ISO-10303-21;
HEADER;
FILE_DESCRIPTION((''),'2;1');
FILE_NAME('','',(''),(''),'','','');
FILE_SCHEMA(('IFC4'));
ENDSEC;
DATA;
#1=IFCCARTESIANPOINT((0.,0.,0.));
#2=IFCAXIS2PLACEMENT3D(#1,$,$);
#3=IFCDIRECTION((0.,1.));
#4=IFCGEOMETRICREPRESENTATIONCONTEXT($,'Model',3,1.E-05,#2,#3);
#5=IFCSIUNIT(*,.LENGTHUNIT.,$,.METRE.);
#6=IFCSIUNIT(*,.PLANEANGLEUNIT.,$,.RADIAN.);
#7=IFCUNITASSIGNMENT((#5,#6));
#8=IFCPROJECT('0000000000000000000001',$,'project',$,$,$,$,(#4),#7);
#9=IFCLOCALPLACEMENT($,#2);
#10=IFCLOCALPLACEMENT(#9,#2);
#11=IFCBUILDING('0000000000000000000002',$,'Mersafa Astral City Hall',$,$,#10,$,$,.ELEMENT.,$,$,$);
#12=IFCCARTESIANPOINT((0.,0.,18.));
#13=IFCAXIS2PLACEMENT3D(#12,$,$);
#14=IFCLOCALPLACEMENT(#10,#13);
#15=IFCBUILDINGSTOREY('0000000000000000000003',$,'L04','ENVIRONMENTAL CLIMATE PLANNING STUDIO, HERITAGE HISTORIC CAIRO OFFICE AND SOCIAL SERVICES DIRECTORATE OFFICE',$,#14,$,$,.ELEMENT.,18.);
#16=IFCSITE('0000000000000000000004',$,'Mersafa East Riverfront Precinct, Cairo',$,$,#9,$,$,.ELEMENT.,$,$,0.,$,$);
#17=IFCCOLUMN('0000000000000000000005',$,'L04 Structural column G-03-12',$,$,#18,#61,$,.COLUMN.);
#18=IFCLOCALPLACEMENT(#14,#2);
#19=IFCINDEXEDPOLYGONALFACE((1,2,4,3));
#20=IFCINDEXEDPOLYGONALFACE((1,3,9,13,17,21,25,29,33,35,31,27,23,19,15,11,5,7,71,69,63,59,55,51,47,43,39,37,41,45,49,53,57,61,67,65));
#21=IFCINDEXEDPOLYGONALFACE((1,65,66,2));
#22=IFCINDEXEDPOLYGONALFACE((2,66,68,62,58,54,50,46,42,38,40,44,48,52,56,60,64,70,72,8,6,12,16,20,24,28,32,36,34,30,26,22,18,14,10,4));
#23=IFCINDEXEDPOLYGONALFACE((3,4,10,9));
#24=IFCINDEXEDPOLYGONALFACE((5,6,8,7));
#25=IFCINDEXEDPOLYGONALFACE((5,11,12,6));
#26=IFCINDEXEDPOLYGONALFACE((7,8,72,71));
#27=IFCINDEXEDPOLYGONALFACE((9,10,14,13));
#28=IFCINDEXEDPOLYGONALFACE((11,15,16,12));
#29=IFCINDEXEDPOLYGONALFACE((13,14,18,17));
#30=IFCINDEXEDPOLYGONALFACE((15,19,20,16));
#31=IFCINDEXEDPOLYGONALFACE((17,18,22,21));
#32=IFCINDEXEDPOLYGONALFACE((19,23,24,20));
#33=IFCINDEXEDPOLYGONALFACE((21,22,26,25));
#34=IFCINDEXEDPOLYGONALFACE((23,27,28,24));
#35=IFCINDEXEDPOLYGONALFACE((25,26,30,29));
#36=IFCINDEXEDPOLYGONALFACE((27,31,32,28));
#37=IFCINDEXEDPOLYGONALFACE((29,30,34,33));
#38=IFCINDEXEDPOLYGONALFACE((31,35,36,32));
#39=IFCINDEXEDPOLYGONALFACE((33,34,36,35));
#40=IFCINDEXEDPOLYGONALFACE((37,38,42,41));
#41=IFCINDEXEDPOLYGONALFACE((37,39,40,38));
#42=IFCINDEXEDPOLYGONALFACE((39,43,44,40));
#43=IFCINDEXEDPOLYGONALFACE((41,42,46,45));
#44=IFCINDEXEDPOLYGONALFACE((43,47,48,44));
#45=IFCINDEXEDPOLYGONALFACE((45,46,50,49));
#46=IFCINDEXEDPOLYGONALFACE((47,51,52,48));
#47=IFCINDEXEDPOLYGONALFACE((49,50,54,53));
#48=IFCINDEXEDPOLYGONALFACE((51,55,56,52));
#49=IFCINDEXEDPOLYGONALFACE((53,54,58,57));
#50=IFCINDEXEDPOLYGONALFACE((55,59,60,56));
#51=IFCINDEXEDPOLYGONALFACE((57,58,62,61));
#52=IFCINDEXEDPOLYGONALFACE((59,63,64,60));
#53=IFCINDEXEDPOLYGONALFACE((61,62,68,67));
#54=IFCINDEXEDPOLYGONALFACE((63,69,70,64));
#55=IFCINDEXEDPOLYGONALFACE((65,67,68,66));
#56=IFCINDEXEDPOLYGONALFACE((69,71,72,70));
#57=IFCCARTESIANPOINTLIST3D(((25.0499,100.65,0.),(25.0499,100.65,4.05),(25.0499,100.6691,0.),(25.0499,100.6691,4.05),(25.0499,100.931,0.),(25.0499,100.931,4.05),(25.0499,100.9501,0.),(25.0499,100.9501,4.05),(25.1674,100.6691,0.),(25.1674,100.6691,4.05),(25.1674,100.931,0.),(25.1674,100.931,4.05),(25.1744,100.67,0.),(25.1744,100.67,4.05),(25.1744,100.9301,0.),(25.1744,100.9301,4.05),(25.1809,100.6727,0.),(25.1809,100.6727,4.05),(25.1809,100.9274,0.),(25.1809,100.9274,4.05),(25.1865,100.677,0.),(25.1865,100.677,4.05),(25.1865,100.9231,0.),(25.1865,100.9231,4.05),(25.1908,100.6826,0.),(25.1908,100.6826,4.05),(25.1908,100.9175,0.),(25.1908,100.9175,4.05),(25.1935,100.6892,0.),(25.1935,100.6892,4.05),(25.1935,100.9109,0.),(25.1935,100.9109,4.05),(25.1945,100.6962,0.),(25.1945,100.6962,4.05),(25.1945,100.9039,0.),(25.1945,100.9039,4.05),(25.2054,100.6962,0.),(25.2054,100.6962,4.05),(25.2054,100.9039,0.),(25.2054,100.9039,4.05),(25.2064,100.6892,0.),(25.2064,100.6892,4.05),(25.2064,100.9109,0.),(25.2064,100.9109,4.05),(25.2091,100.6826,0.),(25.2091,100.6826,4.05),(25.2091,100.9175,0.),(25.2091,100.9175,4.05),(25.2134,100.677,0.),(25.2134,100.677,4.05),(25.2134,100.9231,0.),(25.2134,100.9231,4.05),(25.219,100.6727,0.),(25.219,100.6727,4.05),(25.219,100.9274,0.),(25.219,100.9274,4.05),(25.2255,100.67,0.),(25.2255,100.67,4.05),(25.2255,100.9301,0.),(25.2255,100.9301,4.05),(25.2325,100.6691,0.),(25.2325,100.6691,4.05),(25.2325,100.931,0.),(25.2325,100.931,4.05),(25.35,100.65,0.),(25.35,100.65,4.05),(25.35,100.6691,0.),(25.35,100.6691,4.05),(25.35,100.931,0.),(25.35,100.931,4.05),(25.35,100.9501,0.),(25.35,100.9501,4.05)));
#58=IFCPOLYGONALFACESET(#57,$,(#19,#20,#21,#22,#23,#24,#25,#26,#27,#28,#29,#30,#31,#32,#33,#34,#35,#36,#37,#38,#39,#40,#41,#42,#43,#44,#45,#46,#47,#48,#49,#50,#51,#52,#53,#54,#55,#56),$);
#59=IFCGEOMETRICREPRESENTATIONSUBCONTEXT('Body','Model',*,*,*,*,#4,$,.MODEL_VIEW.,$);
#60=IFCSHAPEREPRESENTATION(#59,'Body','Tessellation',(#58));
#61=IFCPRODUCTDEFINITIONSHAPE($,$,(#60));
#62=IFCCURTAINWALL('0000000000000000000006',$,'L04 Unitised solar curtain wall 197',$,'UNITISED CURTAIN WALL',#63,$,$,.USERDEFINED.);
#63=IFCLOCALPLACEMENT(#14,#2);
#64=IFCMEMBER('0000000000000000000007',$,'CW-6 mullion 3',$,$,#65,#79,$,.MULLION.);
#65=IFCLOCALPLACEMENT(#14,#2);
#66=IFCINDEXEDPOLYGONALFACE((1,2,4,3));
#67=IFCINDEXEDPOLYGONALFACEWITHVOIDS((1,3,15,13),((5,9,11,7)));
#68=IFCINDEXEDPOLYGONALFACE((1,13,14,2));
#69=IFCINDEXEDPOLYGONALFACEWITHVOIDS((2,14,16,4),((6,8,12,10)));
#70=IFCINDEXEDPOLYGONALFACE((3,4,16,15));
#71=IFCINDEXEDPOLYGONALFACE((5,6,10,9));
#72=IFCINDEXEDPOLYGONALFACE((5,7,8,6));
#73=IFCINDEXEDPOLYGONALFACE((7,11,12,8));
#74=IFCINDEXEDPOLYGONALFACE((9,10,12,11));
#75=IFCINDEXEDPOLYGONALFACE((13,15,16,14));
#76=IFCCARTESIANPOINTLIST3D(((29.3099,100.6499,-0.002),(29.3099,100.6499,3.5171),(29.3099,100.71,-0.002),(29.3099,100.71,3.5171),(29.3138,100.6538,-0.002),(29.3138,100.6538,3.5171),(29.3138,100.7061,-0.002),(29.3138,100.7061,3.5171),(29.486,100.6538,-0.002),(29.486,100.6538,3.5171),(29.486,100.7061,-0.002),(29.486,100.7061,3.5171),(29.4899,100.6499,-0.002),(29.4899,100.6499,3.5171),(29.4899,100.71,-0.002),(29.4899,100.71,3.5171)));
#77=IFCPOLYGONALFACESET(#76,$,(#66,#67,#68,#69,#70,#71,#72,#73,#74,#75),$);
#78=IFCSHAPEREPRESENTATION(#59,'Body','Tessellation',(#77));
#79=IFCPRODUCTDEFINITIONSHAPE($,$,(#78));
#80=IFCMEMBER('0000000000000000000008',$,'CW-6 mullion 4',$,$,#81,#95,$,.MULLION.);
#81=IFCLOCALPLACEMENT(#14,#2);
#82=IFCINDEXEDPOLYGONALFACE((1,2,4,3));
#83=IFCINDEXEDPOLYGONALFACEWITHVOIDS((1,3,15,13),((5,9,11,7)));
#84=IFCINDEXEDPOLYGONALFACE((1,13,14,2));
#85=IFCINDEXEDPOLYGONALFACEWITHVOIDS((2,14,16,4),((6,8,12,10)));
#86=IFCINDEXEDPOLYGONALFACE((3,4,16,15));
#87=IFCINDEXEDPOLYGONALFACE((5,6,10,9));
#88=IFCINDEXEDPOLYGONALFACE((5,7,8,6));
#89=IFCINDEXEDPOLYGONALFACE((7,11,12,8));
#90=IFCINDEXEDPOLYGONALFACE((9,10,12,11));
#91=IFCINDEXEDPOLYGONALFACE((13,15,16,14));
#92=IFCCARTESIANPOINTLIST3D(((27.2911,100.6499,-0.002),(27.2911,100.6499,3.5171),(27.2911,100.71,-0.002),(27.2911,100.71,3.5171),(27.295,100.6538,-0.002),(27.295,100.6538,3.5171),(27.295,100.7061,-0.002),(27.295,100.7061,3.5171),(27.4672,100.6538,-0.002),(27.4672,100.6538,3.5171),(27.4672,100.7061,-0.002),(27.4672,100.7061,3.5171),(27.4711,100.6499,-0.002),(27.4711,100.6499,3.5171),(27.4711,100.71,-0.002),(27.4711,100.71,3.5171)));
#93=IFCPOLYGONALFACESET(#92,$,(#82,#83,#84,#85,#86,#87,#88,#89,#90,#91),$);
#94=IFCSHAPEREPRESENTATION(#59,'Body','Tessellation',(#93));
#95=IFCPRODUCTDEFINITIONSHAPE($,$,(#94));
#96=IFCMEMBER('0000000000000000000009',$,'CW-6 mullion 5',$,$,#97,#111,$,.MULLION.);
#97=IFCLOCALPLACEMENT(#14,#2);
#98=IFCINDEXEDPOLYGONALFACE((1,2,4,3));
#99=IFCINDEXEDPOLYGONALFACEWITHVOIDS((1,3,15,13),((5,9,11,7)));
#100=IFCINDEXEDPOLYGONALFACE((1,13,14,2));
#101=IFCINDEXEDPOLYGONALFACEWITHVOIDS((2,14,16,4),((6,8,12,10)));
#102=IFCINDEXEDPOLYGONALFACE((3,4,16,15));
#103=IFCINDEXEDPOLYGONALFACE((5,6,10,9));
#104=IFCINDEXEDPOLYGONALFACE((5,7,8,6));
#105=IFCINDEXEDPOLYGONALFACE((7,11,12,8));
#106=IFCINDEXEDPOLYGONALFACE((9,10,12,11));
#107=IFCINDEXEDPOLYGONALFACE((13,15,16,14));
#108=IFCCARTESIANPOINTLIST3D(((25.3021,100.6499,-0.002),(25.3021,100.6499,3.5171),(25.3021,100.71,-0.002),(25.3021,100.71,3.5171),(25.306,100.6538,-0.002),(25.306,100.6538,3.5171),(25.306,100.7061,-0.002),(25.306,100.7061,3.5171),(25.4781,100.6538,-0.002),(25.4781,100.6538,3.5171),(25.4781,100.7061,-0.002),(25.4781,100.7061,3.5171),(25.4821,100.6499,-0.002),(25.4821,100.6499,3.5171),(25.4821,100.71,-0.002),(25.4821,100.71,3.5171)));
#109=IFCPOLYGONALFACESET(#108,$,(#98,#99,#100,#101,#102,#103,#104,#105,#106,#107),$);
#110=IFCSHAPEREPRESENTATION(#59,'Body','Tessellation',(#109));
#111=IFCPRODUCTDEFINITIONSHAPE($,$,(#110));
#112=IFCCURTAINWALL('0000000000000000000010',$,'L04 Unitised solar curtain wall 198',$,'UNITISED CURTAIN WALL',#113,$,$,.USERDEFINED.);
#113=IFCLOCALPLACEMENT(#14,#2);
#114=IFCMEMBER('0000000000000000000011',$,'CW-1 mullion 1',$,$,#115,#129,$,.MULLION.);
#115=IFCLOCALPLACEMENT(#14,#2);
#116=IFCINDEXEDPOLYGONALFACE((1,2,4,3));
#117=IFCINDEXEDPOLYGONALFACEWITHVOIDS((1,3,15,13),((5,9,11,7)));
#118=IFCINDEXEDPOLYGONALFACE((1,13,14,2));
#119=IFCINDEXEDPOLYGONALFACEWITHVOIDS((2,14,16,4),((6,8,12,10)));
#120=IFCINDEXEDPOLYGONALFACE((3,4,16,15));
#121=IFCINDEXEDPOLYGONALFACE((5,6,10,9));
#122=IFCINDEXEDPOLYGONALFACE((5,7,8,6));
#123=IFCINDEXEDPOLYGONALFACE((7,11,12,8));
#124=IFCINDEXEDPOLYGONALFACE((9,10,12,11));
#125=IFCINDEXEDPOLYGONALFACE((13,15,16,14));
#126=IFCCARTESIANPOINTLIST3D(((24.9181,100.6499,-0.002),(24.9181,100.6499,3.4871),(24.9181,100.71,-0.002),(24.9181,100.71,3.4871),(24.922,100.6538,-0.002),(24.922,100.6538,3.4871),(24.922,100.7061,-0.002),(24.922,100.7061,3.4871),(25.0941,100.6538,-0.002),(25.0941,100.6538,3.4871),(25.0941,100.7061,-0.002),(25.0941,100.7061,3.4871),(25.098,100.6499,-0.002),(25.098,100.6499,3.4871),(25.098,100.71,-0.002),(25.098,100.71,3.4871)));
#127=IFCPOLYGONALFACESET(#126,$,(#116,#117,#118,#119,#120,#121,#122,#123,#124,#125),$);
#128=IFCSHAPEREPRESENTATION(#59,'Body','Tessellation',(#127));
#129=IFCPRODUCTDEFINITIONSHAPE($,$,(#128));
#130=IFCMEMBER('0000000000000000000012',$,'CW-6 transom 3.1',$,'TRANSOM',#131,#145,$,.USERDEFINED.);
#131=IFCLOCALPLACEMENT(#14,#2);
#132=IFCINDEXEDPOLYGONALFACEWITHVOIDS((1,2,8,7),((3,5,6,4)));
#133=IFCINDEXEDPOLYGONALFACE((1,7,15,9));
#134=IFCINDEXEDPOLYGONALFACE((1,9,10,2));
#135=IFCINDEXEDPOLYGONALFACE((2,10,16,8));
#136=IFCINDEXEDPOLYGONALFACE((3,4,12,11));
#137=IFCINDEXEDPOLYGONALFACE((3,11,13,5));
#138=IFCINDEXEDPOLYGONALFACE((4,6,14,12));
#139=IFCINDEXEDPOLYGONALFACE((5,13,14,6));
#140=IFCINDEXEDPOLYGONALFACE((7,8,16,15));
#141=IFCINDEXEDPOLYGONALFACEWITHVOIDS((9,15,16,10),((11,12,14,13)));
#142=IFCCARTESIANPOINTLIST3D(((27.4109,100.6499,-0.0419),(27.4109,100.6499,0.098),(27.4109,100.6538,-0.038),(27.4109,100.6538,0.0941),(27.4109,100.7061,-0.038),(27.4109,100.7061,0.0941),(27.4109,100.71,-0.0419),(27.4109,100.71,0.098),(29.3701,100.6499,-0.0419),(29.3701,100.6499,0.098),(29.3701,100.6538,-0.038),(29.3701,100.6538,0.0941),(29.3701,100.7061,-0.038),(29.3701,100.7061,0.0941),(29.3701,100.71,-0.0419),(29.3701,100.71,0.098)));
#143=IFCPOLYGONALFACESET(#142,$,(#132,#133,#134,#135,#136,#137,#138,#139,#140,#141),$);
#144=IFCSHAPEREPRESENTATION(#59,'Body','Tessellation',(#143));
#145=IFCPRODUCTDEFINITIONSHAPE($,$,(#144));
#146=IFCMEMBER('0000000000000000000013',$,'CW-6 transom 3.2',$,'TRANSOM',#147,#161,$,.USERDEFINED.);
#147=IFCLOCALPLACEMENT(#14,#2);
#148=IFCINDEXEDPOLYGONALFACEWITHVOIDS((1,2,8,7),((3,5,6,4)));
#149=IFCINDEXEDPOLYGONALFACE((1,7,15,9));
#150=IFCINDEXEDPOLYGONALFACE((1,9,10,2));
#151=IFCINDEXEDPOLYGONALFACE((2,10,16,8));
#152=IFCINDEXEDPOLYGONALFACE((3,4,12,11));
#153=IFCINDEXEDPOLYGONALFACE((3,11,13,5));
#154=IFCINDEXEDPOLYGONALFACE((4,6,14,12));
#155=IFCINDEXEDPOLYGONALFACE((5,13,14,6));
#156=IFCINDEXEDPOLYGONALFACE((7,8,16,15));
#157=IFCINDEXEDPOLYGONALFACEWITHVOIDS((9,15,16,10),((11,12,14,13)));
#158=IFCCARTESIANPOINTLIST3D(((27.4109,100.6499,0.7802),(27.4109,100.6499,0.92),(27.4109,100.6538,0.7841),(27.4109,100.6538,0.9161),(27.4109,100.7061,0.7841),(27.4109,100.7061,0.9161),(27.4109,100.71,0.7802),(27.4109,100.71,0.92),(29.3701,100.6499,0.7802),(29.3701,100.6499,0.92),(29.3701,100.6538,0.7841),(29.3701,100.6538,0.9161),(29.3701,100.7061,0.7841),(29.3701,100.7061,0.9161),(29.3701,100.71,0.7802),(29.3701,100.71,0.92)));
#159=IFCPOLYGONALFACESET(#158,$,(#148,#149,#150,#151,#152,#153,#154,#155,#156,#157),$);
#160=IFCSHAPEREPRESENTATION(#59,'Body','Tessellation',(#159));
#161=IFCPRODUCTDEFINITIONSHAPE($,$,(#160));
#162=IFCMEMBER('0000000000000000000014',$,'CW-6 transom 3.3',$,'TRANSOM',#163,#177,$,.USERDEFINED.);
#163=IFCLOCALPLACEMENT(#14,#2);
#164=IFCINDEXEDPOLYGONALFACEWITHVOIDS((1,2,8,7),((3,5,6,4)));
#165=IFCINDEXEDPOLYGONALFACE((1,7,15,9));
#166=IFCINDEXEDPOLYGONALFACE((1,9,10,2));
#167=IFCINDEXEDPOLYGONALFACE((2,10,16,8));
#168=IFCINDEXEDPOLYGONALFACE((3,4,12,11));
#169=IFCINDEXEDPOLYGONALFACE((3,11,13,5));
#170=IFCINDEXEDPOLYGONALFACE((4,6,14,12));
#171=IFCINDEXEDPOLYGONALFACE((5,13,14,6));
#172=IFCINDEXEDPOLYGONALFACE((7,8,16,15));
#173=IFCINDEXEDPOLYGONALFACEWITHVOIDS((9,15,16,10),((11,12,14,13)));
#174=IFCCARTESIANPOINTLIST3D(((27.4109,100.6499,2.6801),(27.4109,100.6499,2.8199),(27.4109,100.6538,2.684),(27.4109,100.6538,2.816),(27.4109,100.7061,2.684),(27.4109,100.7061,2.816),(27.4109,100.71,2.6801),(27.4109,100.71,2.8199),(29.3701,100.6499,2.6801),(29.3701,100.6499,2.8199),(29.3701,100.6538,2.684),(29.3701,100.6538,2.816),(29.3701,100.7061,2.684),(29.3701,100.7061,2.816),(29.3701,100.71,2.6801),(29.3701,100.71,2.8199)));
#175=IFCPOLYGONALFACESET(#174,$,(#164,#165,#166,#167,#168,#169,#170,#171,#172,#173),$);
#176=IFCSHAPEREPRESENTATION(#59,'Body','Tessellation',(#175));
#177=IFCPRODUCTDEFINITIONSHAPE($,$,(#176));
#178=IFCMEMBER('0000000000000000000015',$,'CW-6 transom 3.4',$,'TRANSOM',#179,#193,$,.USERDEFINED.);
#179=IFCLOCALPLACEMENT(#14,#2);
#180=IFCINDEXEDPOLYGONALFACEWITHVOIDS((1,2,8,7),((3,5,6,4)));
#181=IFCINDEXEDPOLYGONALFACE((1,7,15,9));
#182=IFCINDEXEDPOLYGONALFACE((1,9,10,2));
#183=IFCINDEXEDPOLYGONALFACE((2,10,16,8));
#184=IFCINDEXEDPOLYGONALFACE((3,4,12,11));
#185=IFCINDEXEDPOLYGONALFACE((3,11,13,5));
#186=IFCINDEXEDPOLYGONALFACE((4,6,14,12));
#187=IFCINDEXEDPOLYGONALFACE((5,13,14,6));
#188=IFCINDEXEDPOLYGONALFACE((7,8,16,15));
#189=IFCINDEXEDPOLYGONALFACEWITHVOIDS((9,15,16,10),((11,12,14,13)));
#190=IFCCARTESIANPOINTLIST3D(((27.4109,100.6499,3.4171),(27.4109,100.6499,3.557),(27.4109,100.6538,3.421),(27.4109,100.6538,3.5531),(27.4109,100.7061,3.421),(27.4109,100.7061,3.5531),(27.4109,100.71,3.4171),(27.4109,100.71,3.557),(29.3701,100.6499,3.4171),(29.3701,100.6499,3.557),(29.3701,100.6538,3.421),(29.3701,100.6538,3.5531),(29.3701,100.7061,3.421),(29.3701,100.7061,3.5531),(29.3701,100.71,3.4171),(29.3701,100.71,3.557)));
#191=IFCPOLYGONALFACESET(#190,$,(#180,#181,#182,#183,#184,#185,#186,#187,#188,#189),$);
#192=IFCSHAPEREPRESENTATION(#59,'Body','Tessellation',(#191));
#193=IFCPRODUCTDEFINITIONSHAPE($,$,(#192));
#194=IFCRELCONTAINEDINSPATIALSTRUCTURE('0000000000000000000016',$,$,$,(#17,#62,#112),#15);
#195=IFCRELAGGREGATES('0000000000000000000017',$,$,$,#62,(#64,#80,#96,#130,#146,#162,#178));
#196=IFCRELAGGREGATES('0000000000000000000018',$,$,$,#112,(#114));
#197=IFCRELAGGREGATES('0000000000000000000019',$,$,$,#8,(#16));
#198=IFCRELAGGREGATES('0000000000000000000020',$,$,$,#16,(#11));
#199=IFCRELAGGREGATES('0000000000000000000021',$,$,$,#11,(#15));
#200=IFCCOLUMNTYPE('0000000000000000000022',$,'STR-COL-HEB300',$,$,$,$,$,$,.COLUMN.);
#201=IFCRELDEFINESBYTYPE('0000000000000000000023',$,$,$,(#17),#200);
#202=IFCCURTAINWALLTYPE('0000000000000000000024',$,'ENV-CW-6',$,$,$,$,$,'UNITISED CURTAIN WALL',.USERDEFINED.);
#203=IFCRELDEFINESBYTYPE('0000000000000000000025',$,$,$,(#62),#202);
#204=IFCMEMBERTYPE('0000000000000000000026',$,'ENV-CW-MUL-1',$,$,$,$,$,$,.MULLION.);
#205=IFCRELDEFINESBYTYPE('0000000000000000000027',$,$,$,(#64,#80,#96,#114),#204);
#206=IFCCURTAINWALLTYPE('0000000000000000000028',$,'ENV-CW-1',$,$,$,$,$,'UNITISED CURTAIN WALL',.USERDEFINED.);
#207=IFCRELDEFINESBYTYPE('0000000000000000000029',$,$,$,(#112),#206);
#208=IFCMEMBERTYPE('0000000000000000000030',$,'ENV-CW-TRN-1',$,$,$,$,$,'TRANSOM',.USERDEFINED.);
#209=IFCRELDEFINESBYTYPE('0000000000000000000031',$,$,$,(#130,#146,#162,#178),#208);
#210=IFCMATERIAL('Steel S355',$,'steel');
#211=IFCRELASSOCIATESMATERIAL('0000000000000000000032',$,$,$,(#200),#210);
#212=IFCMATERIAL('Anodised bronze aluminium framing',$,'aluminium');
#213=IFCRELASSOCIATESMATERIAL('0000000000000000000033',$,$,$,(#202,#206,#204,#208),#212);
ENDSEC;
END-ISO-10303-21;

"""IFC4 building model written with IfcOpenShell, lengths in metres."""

from ifc_helpers import new_model, si_unit, direction, frame, origin, origin_2d, place, context, subcontext, project, spatial, hollow_rectangle, i_section, extrude, material, material_profile, profile_set, type_object, element, aggregate, save


model = new_model("IFC4")

# Units and contexts
model_context = context("Model", 3, precision=1e-05, world=origin(), true_north=direction((0.0, 1.0)))
body_context = subcontext(model_context, "Body", "Model", "MODEL_VIEW")
ifc_project = project(units=[si_unit("LENGTHUNIT", "METRE"), si_unit("PLANEANGLEUNIT", "RADIAN")], contexts=[model_context])

# Site, building, storey
site_placement = place(None, origin())
site = spatial("IfcSite", under=ifc_project, at=site_placement, Name="Mersafa East Riverfront Precinct, Cairo", CompositionType="ELEMENT", RefElevation=0.0)
building_placement = place(site_placement, origin())
building = spatial("IfcBuilding", under=site, at=building_placement, Name="Mersafa Astral City Hall", CompositionType="ELEMENT")
storey_placement = place(building_placement, frame((0.0, 0.0, 18.0)))
storey = spatial("IfcBuildingStorey", under=building, at=storey_placement, Name="L04", Description="ENVIRONMENTAL CLIMATE PLANNING STUDIO, HERITAGE HISTORIC CAIRO OFFICE AND SOCIAL SERVICES DIRECTORATE OFFICE", CompositionType="ELEMENT", Elevation=18.0)

# Column
ifc_material_1 = material(Name="Steel S355", Category="steel")
ifc_material_profile_1 = material_profile(ifc_material_1, i_section(OverallWidth=0.3, OverallDepth=0.3, WebThickness=0.011, FlangeThickness=0.019, FilletRadius=0.0271, at=origin_2d()), Name="HEB 300")
ifc_profile_set_1 = profile_set([ifc_material_profile_1], Name="Steel S355")
column_type = type_object("IfcColumnType", Name="STR-COL-HEB300", PredefinedType="COLUMN", material=ifc_profile_set_1)
column_placement = place(storey_placement, frame((25.2, 100.8, 0.0), z_axis=(0.0, 0.0, 1.0), x_axis=(1.0, 0.0, 0.0)))
element("IfcColumn", 1, at=column_placement, inside=storey, type_object=column_type, Name="L04 Structural column G-03-12", PredefinedType="COLUMN", context=body_context, shape_type="SweptSolid", body=[
    extrude(i_section(OverallWidth=0.3, OverallDepth=0.3, WebThickness=0.011, FlangeThickness=0.019, FilletRadius=0.0271, at=origin_2d()), origin(), (0.0, 0.0, 1.0), 4.05),
])

# Curtain wall, members
ifc_material_2 = material(Name="Anodised bronze aluminium framing", Category="aluminium")
curtain_wall_type_1 = type_object("IfcCurtainWallType", Name="ENV-CW-6", ElementType="UNITISED CURTAIN WALL", PredefinedType="USERDEFINED", material=ifc_material_2)
curtain_wall_1_placement = place(storey_placement, origin())
curtain_wall_1 = element("IfcCurtainWall", 2, at=curtain_wall_1_placement, inside=storey, type_object=curtain_wall_type_1, Name="L04 Unitised solar curtain wall 197", ObjectType="UNITISED CURTAIN WALL", PredefinedType="USERDEFINED")
ifc_material_profile_2 = material_profile(ifc_material_2, hollow_rectangle(XDim=0.0601, YDim=0.1799, WallThickness=0.0039, at=origin_2d()), Name="RHS 60x180x4")
ifc_profile_set_2 = profile_set([ifc_material_profile_2], Name="Anodised bronze aluminium framing")
member_type_1 = type_object("IfcMemberType", Name="ENV-CW-MUL-1", PredefinedType="MULLION", material=ifc_profile_set_2)
member_1_placement = place(storey_placement, frame((29.3999, 100.6799, -0.002), z_axis=(0.0, 0.0, 1.0), x_axis=(0.0, -1.0, 0.0)))
member_1 = element("IfcMember", 3, at=member_1_placement, type_object=member_type_1, Name="CW-6 mullion 3", PredefinedType="MULLION", context=body_context, shape_type="SweptSolid", body=[
    extrude(hollow_rectangle(XDim=0.0601, YDim=0.1799, WallThickness=0.0039, at=origin_2d()), origin(), (0.0, 0.0, 1.0), 3.519),
])
member_2_placement = place(storey_placement, frame((27.3811, 100.6799, -0.002), z_axis=(0.0, 0.0, 1.0), x_axis=(0.0, -1.0, 0.0)))
member_2 = element("IfcMember", 4, at=member_2_placement, type_object=member_type_1, Name="CW-6 mullion 4", PredefinedType="MULLION", context=body_context, shape_type="SweptSolid", body=[
    extrude(hollow_rectangle(XDim=0.0601, YDim=0.1799, WallThickness=0.0039, at=origin_2d()), origin(), (0.0, 0.0, 1.0), 3.519),
])
member_3_placement = place(storey_placement, frame((25.3921, 100.6799, -0.002), z_axis=(0.0, 0.0, 1.0), x_axis=(0.0, -1.0, 0.0)))
member_3 = element("IfcMember", 5, at=member_3_placement, type_object=member_type_1, Name="CW-6 mullion 5", PredefinedType="MULLION", context=body_context, shape_type="SweptSolid", body=[
    extrude(hollow_rectangle(XDim=0.0601, YDim=0.1799, WallThickness=0.0039, at=origin_2d()), origin(), (0.0, 0.0, 1.0), 3.519),
])

# Curtain wall, member
curtain_wall_type_2 = type_object("IfcCurtainWallType", Name="ENV-CW-1", ElementType="UNITISED CURTAIN WALL", PredefinedType="USERDEFINED", material=ifc_material_2)
curtain_wall_2_placement = place(storey_placement, origin())
curtain_wall_2 = element("IfcCurtainWall", 6, at=curtain_wall_2_placement, inside=storey, type_object=curtain_wall_type_2, Name="L04 Unitised solar curtain wall 198", ObjectType="UNITISED CURTAIN WALL", PredefinedType="USERDEFINED")
member_4_placement = place(storey_placement, frame((25.0081, 100.6799, -0.002), z_axis=(0.0, 0.0, 1.0), x_axis=(0.0, -1.0, 0.0)))
member_4 = element("IfcMember", 7, at=member_4_placement, type_object=member_type_1, Name="CW-1 mullion 1", PredefinedType="MULLION", context=body_context, shape_type="SweptSolid", body=[
    extrude(hollow_rectangle(XDim=0.0601, YDim=0.1799, WallThickness=0.0039, at=origin_2d()), origin(), (0.0, 0.0, 1.0), 3.489),
])

# Members
ifc_material_profile_3 = material_profile(ifc_material_2, hollow_rectangle(XDim=0.0601, YDim=0.1399, WallThickness=0.0039, at=origin_2d()), Name="RHS 60x140x4")
ifc_profile_set_3 = profile_set([ifc_material_profile_3], Name="Anodised bronze aluminium framing")
member_type_2 = type_object("IfcMemberType", Name="ENV-CW-TRN-1", ElementType="TRANSOM", PredefinedType="USERDEFINED", material=ifc_profile_set_3)
member_5_placement = place(storey_placement, frame((29.3701, 100.6799, 0.0281), z_axis=(-1.0, 0.0, 0.0), x_axis=(0.0, -1.0, 0.0)))
member_5 = element("IfcMember", 8, at=member_5_placement, type_object=member_type_2, Name="CW-6 transom 3.1", ObjectType="TRANSOM", PredefinedType="USERDEFINED", context=body_context, shape_type="SweptSolid", body=[
    extrude(hollow_rectangle(XDim=0.0601, YDim=0.1399, WallThickness=0.0039, at=origin_2d()), origin(), (0.0, 0.0, 1.0), 1.9592),
])
member_6_placement = place(storey_placement, frame((29.3701, 100.6799, 0.8501), z_axis=(-1.0, 0.0, 0.0), x_axis=(0.0, -1.0, 0.0)))
member_6 = element("IfcMember", 9, at=member_6_placement, type_object=member_type_2, Name="CW-6 transom 3.2", ObjectType="TRANSOM", PredefinedType="USERDEFINED", context=body_context, shape_type="SweptSolid", body=[
    extrude(hollow_rectangle(XDim=0.0601, YDim=0.1399, WallThickness=0.0039, at=origin_2d()), origin(), (0.0, 0.0, 1.0), 1.9592),
])
member_7_placement = place(storey_placement, frame((29.3701, 100.6799, 2.75), z_axis=(-1.0, 0.0, 0.0), x_axis=(0.0, -1.0, 0.0)))
member_7 = element("IfcMember", 10, at=member_7_placement, type_object=member_type_2, Name="CW-6 transom 3.3", ObjectType="TRANSOM", PredefinedType="USERDEFINED", context=body_context, shape_type="SweptSolid", body=[
    extrude(hollow_rectangle(XDim=0.0601, YDim=0.1399, WallThickness=0.0039, at=origin_2d()), origin(), (0.0, 0.0, 1.0), 1.9592),
])
member_8_placement = place(storey_placement, frame((29.3701, 100.6799, 3.4871), z_axis=(-1.0, 0.0, 0.0), x_axis=(0.0, -1.0, 0.0)))
member_8 = element("IfcMember", 11, at=member_8_placement, type_object=member_type_2, Name="CW-6 transom 3.4", ObjectType="TRANSOM", PredefinedType="USERDEFINED", context=body_context, shape_type="SweptSolid", body=[
    extrude(hollow_rectangle(XDim=0.0601, YDim=0.1399, WallThickness=0.0039, at=origin_2d()), origin(), (0.0, 0.0, 1.0), 1.9592),
])

aggregate(curtain_wall_1, [member_1, member_2, member_3, member_5, member_6, member_7, member_8])
aggregate(curtain_wall_2, [member_4])

save(model, "model.ifc")
